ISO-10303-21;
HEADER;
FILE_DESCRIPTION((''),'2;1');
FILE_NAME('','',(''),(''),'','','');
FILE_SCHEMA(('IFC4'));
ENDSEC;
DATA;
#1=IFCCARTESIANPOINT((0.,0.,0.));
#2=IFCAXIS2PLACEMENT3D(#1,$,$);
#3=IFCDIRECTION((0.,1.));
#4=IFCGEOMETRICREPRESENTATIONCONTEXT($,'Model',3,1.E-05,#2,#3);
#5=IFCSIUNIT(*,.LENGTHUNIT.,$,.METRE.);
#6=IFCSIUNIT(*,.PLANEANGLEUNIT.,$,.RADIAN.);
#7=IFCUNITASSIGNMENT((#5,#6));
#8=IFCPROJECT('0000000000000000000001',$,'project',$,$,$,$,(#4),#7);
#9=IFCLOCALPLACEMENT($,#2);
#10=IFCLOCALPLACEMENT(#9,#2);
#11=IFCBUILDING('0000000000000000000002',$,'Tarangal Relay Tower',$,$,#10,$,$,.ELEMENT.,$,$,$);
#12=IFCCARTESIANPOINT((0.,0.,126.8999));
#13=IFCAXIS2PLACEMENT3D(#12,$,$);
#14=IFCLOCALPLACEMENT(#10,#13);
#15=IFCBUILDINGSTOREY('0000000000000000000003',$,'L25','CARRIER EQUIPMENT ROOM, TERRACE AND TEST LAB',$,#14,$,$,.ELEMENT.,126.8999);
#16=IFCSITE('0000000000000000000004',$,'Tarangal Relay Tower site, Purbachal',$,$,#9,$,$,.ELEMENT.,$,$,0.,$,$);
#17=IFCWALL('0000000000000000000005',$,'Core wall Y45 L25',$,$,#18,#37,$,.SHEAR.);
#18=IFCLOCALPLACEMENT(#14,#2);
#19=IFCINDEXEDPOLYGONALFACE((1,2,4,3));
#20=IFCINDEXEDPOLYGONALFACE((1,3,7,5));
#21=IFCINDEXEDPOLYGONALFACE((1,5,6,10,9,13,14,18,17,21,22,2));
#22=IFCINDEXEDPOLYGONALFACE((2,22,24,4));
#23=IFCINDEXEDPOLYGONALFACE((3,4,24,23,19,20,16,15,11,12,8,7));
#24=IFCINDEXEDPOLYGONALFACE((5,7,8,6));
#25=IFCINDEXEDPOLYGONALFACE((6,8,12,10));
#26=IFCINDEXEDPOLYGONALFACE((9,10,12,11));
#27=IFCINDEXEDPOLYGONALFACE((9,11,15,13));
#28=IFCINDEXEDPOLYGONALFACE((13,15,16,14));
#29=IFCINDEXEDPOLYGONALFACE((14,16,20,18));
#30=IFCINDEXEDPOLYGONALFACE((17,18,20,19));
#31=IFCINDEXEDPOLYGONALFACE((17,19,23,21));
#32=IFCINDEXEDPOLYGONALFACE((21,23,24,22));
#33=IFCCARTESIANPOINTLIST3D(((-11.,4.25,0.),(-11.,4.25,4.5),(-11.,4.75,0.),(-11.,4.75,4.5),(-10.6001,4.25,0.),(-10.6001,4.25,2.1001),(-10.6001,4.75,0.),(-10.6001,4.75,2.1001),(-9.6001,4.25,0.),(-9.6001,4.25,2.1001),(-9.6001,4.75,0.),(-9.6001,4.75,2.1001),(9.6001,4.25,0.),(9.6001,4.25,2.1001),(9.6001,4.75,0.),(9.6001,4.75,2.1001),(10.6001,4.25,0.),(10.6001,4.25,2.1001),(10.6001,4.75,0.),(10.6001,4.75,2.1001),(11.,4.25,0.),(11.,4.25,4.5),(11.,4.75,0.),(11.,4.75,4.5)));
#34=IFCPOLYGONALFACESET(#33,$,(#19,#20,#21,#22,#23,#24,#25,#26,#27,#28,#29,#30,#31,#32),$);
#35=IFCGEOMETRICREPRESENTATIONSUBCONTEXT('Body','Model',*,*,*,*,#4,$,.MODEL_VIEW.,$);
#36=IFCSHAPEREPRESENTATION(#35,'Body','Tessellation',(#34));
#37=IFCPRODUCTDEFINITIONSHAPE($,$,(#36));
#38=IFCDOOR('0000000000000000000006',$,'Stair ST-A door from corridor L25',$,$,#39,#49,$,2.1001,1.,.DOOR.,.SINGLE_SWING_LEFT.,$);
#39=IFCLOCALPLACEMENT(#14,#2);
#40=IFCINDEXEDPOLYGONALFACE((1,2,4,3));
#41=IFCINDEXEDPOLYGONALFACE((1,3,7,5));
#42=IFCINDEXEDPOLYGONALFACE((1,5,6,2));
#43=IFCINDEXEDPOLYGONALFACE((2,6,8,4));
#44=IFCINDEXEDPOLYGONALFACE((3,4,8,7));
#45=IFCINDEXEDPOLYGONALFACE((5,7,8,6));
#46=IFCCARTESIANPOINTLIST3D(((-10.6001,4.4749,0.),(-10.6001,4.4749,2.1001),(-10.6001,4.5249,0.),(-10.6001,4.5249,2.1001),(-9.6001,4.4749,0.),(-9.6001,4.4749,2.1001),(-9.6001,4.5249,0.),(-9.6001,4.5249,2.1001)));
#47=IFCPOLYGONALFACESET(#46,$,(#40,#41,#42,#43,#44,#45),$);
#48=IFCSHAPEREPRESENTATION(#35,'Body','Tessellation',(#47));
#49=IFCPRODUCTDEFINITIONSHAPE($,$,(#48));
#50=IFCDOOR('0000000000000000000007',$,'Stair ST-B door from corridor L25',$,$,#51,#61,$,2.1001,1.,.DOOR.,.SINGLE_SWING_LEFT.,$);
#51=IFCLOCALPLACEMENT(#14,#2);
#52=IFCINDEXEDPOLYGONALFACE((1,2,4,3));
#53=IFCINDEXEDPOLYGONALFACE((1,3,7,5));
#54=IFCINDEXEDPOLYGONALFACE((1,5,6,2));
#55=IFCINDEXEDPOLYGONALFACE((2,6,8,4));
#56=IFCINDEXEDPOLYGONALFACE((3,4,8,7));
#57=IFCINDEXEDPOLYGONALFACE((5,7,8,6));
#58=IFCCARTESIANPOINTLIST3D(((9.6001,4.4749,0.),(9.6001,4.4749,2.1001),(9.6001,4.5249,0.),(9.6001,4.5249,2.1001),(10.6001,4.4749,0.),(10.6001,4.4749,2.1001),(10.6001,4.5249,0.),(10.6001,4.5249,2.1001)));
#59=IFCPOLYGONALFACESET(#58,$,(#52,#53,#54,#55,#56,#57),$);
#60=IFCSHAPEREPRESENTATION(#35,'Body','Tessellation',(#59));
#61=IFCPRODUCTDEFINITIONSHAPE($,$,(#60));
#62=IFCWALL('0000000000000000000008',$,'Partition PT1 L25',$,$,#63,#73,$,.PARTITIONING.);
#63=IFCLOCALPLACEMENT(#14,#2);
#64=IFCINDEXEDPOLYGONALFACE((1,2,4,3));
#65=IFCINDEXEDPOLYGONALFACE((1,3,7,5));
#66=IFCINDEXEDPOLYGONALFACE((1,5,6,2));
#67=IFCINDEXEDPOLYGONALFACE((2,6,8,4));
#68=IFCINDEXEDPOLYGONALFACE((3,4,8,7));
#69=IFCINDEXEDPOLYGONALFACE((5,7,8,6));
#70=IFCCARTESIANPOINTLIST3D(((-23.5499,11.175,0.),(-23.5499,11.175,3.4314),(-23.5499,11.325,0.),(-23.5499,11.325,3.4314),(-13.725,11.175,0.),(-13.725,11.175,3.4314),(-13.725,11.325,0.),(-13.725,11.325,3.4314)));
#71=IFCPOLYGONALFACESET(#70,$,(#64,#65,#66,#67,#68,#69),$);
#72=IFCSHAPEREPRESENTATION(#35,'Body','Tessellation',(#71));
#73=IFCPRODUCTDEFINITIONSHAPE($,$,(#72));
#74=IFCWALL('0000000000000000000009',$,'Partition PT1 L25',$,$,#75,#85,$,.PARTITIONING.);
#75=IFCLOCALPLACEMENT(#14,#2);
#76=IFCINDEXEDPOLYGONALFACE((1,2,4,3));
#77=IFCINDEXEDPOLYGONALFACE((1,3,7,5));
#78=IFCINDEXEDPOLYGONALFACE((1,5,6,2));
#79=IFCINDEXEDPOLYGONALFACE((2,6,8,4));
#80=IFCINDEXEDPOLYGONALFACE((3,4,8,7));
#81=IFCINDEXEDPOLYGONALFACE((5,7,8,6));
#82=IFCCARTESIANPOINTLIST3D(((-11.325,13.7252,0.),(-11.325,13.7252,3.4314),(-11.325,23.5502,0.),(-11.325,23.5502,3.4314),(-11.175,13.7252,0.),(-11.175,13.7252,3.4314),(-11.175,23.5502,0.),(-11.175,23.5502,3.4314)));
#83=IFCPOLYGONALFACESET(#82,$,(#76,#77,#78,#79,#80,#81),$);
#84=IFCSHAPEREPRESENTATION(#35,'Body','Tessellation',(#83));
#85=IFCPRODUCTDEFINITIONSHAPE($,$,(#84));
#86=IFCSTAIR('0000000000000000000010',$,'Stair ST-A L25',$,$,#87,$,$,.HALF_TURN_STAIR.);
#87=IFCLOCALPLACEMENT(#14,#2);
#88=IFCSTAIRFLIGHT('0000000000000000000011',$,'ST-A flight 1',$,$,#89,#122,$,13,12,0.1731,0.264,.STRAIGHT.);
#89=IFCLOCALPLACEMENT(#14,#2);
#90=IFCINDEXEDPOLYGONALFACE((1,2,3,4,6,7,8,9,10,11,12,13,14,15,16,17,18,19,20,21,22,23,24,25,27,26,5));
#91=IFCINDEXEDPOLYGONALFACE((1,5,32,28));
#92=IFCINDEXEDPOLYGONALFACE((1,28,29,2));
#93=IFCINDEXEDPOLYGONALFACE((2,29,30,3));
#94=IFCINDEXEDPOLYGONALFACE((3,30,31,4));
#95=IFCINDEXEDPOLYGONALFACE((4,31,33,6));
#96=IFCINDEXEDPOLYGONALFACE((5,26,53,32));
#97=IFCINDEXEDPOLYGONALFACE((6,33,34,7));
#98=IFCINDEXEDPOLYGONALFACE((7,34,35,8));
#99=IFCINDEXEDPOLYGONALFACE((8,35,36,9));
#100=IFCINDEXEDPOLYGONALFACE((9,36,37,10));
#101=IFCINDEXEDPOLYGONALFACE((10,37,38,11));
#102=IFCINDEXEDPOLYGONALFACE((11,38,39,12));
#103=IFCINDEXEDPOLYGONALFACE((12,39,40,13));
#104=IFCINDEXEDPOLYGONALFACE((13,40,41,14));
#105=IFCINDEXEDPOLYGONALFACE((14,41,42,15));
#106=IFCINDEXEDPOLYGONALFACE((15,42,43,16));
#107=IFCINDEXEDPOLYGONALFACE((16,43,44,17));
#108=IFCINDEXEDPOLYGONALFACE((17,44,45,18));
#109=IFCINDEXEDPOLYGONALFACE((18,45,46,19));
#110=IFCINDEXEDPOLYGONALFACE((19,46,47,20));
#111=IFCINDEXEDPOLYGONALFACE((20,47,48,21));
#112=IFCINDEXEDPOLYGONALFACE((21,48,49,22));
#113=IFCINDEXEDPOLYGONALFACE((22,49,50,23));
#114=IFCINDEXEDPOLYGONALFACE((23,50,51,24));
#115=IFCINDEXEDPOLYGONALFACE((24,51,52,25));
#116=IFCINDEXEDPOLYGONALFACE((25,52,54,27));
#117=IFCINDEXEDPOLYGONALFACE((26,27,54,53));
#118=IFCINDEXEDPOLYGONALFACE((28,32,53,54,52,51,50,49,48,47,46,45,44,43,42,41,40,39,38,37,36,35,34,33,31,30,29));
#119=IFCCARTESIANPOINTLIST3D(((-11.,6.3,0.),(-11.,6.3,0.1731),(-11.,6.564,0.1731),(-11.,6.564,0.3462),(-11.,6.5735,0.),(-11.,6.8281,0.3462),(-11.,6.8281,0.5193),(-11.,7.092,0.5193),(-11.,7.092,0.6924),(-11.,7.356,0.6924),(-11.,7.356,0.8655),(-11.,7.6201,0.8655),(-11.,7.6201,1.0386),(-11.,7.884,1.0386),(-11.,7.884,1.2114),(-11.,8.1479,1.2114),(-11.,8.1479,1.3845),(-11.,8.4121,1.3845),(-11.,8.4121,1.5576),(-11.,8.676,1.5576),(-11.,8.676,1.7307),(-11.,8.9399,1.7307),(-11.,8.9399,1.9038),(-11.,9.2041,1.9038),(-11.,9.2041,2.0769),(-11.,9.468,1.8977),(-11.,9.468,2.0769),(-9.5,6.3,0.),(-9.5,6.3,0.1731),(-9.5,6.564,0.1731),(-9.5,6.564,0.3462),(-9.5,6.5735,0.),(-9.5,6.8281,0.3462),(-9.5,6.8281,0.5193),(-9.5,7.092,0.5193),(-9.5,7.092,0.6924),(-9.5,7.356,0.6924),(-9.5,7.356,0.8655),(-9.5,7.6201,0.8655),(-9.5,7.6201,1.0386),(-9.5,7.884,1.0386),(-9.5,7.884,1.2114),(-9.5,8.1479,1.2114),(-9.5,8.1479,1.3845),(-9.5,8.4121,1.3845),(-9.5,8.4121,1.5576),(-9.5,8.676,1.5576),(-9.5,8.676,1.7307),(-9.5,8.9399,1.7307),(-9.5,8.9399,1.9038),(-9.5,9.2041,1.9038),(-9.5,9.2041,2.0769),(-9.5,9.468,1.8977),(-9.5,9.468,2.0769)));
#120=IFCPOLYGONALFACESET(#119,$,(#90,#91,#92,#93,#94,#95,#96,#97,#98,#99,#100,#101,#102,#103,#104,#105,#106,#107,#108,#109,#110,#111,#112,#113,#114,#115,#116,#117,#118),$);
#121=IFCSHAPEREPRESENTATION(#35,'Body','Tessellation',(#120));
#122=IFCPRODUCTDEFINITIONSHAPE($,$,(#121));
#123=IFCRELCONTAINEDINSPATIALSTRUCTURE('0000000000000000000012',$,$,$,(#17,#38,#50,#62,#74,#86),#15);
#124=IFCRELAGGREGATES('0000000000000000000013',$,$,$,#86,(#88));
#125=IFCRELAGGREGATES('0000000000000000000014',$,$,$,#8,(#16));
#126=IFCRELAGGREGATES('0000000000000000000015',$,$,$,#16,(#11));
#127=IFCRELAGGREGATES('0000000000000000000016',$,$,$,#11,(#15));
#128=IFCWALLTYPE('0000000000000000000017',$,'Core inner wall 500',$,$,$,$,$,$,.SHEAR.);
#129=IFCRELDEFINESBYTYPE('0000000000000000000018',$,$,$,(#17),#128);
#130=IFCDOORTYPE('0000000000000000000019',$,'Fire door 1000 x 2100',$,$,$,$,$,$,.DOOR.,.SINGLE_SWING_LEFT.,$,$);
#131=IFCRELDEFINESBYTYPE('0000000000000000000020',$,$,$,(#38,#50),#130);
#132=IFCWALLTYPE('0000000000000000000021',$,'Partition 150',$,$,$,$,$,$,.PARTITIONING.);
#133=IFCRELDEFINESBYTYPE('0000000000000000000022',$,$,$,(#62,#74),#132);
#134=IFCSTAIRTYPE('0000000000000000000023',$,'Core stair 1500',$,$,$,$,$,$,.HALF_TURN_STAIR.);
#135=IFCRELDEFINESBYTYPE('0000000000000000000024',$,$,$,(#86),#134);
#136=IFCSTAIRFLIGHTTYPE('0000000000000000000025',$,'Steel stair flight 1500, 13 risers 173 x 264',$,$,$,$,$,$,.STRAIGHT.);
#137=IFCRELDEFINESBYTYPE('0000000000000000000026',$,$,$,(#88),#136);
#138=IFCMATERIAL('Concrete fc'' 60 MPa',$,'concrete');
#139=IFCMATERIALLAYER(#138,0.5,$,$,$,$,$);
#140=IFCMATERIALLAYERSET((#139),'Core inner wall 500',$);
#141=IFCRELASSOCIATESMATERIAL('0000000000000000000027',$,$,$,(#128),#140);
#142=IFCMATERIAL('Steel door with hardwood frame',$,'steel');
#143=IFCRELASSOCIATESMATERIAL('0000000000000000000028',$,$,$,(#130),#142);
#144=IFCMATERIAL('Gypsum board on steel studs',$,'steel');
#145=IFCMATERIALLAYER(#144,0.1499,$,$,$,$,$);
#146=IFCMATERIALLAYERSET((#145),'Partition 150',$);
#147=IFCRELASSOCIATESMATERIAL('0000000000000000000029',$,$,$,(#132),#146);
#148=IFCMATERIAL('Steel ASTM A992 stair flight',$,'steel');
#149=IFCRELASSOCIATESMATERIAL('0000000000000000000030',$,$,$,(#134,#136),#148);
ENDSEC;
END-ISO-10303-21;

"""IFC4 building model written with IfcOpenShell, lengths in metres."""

from ifc_helpers import new_model, si_unit, direction, frame, frame_2d, origin, place, context, subcontext, project, spatial, polyline, rectangle, outline, extrude, material, layer, layer_set, type_object, element, fill, aggregate, save


model = new_model("IFC4")

# Units and contexts
model_context = context("Model", 3, precision=1e-05, world=origin(), true_north=direction((0.0, 1.0)))
body_context = subcontext(model_context, "Body", "Model", "MODEL_VIEW")
ifc_project = project(units=[si_unit("LENGTHUNIT", "METRE"), si_unit("PLANEANGLEUNIT", "RADIAN")], contexts=[model_context])

# Site, building, storey
site_placement = place(None, origin())
site = spatial("IfcSite", under=ifc_project, at=site_placement, Name="Tarangal Relay Tower site, Purbachal", CompositionType="ELEMENT", RefElevation=0.0)
building_placement = place(site_placement, origin())
building = spatial("IfcBuilding", under=site, at=building_placement, Name="Tarangal Relay Tower", CompositionType="ELEMENT")
storey_placement = place(building_placement, frame((0.0, 0.0, 126.8999)))
storey = spatial("IfcBuildingStorey", under=building, at=storey_placement, Name="L25", Description="CARRIER EQUIPMENT ROOM, TERRACE AND TEST LAB", CompositionType="ELEMENT", Elevation=126.8999)

# Wall, openings, doors
ifc_material_1 = material(Name="Concrete fc' 60 MPa", Category="concrete")
ifc_layer_1 = layer(ifc_material_1, 0.5)
ifc_layer_set_1 = layer_set([ifc_layer_1], Name="Core inner wall 500")
wall_type_1 = type_object("IfcWallType", Name="Core inner wall 500", PredefinedType="SHEAR", material=ifc_layer_set_1)
wall_1_placement = place(storey_placement, frame((-11.0, 4.5, 0.0), z_axis=(0.0, 0.0, 1.0), x_axis=(1.0, 0.0, 0.0)))
wall_1 = element("IfcWall", 1, at=wall_1_placement, inside=storey, type_object=wall_type_1, Name="Core wall Y45 L25", PredefinedType="SHEAR", context=body_context, shape_type="SweptSolid", body=[
    extrude(rectangle(XDim=22.0, YDim=0.5, at=frame_2d((11.0, 0.0))), origin(), (0.0, 0.0, 1.0), 4.5),
])
opening_1_placement = place(wall_1_placement, frame((0.3999, 0.0, 0.0)))
opening_1 = element("IfcOpeningElement", 2, at=opening_1_placement, cuts=wall_1, PredefinedType="OPENING", context=body_context, shape_type="SweptSolid", body=[
    extrude(rectangle(XDim=1.0, YDim=2.1001, at=frame_2d((0.5, 1.05))), frame((0.0, 0.26, 0.0), z_axis=(0.0, -1.0, 0.0), x_axis=(1.0, 0.0, 0.0)), (0.0, 0.0, 1.0), 0.52),
])
opening_2_placement = place(wall_1_placement, frame((20.6001, 0.0, 0.0)))
opening_2 = element("IfcOpeningElement", 3, at=opening_2_placement, cuts=wall_1, PredefinedType="OPENING", context=body_context, shape_type="SweptSolid", body=[
    extrude(rectangle(XDim=1.0, YDim=2.1001, at=frame_2d((0.5, 1.05))), frame((0.0, 0.26, 0.0), z_axis=(0.0, -1.0, 0.0), x_axis=(1.0, 0.0, 0.0)), (0.0, 0.0, 1.0), 0.52),
])
ifc_material_2 = material(Name="Steel door with hardwood frame", Category="steel")
door_type_1 = type_object("IfcDoorType", Name="Fire door 1000 x 2100", OperationType="SINGLE_SWING_LEFT", PredefinedType="DOOR", material=ifc_material_2)
door_1_placement = place(opening_1_placement, origin())
door_1 = element("IfcDoor", 4, at=door_1_placement, inside=storey, type_object=door_type_1, Name="Stair ST-A door from corridor L25", OperationType="SINGLE_SWING_LEFT", OverallHeight=2.1001, OverallWidth=1.0, PredefinedType="DOOR", context=body_context, shape_type="SweptSolid", body=[
    extrude(rectangle(XDim=1.0, YDim=2.1001, at=frame_2d((0.5, 1.05))), frame((0.0, 0.0249, 0.0), z_axis=(0.0, -1.0, 0.0), x_axis=(1.0, 0.0, 0.0)), (0.0, 0.0, 1.0), 0.05),
])
fill(opening_1, door_1)
door_2_placement = place(opening_2_placement, origin())
door_2 = element("IfcDoor", 5, at=door_2_placement, inside=storey, type_object=door_type_1, Name="Stair ST-B door from corridor L25", OperationType="SINGLE_SWING_LEFT", OverallHeight=2.1001, OverallWidth=1.0, PredefinedType="DOOR", context=body_context, shape_type="SweptSolid", body=[
    extrude(rectangle(XDim=1.0, YDim=2.1001, at=frame_2d((0.5, 1.05))), frame((0.0, 0.0249, 0.0), z_axis=(0.0, -1.0, 0.0), x_axis=(1.0, 0.0, 0.0)), (0.0, 0.0, 1.0), 0.05),
])
fill(opening_2, door_2)

# Walls
ifc_material_3 = material(Name="Gypsum board on steel studs", Category="steel")
ifc_layer_2 = layer(ifc_material_3, 0.1499)
ifc_layer_set_2 = layer_set([ifc_layer_2], Name="Partition 150")
wall_type_2 = type_object("IfcWallType", Name="Partition 150", PredefinedType="PARTITIONING", material=ifc_layer_set_2)
for number, where, z_axis, x_axis, name in (
    (6, (-23.55, 11.25, 0.0), (0.0, 0.0, 1.0), (1.0, 0.0, 0.0), "Partition PT1 L25"),
    (7, (-11.25, 13.7251, 0.0), (0.0, 0.0, 1.0), (0.0, 1.0, 0.0), "Partition PT1 L25"),
):
    element("IfcWall", number, at=place(storey_placement, frame(where, z_axis=z_axis, x_axis=x_axis)), inside=storey, type_object=wall_type_2, Name=name, PredefinedType="PARTITIONING", context=body_context, shape_type="SweptSolid", body=[
        extrude(rectangle(XDim=9.825, YDim=0.1499, at=frame_2d((4.9126, 0.0))), origin(), (0.0, 0.0, 1.0), 3.4314),
    ])

# Stair, stair flight
ifc_material_4 = material(Name="Steel ASTM A992 stair flight", Category="steel")
stair_type = type_object("IfcStairType", Name="Core stair 1500", PredefinedType="HALF_TURN_STAIR", material=ifc_material_4)
stair_placement = place(storey_placement, origin())
stair = element("IfcStair", 8, at=stair_placement, inside=storey, type_object=stair_type, Name="Stair ST-A L25", PredefinedType="HALF_TURN_STAIR")
stair_flight_type = type_object("IfcStairFlightType", Name="Steel stair flight 1500, 13 risers 173 x 264", PredefinedType="STRAIGHT", material=ifc_material_4)
stair_flight_placement = place(storey_placement, frame((-10.25, 6.3, 0.0), z_axis=(0.0, 0.0, 1.0), x_axis=(0.0, 1.0, 0.0)))
stair_flight = element("IfcStairFlight", 9, at=stair_flight_placement, type_object=stair_flight_type, Name="ST-A flight 1", NumberOfRisers=13, NumberOfTreads=12, PredefinedType="STRAIGHT", RiserHeight=0.1731, TreadLength=0.264, context=body_context, shape_type="SweptSolid", body=[
    extrude(outline(polyline([(0.0, 0.0), (0.0, 0.1731), (0.2639, 0.1731), (0.2639, 0.3462), (0.5281, 0.3462), (0.5281, 0.5193), (0.792, 0.5193), (0.792, 0.6924), (1.0559, 0.6924), (1.0559, 0.8655), (1.3201, 0.8655), (1.3201, 1.0386), (1.584, 1.0386), (1.584, 1.2114), (1.8479, 1.2114), (1.8479, 1.3845), (2.1121, 1.3845), (2.1121, 1.5576), (2.376, 1.5576), (2.376, 1.7307), (2.6399, 1.7307), (2.6399, 1.9038), (2.9041, 1.9038), (2.9041, 2.0769), (3.168, 2.0769), (3.168, 2.25), (3.168, 1.8977), (0.2734, 0.0), (0.0, 0.0)])), frame((0.0, 0.75, 0.0), z_axis=(0.0, -1.0, 0.0), x_axis=(1.0, 0.0, 0.0)), (0.0, 0.0, 1.0), 1.5),
])
aggregate(stair, [stair_flight])

save(model, "model.ifc")
